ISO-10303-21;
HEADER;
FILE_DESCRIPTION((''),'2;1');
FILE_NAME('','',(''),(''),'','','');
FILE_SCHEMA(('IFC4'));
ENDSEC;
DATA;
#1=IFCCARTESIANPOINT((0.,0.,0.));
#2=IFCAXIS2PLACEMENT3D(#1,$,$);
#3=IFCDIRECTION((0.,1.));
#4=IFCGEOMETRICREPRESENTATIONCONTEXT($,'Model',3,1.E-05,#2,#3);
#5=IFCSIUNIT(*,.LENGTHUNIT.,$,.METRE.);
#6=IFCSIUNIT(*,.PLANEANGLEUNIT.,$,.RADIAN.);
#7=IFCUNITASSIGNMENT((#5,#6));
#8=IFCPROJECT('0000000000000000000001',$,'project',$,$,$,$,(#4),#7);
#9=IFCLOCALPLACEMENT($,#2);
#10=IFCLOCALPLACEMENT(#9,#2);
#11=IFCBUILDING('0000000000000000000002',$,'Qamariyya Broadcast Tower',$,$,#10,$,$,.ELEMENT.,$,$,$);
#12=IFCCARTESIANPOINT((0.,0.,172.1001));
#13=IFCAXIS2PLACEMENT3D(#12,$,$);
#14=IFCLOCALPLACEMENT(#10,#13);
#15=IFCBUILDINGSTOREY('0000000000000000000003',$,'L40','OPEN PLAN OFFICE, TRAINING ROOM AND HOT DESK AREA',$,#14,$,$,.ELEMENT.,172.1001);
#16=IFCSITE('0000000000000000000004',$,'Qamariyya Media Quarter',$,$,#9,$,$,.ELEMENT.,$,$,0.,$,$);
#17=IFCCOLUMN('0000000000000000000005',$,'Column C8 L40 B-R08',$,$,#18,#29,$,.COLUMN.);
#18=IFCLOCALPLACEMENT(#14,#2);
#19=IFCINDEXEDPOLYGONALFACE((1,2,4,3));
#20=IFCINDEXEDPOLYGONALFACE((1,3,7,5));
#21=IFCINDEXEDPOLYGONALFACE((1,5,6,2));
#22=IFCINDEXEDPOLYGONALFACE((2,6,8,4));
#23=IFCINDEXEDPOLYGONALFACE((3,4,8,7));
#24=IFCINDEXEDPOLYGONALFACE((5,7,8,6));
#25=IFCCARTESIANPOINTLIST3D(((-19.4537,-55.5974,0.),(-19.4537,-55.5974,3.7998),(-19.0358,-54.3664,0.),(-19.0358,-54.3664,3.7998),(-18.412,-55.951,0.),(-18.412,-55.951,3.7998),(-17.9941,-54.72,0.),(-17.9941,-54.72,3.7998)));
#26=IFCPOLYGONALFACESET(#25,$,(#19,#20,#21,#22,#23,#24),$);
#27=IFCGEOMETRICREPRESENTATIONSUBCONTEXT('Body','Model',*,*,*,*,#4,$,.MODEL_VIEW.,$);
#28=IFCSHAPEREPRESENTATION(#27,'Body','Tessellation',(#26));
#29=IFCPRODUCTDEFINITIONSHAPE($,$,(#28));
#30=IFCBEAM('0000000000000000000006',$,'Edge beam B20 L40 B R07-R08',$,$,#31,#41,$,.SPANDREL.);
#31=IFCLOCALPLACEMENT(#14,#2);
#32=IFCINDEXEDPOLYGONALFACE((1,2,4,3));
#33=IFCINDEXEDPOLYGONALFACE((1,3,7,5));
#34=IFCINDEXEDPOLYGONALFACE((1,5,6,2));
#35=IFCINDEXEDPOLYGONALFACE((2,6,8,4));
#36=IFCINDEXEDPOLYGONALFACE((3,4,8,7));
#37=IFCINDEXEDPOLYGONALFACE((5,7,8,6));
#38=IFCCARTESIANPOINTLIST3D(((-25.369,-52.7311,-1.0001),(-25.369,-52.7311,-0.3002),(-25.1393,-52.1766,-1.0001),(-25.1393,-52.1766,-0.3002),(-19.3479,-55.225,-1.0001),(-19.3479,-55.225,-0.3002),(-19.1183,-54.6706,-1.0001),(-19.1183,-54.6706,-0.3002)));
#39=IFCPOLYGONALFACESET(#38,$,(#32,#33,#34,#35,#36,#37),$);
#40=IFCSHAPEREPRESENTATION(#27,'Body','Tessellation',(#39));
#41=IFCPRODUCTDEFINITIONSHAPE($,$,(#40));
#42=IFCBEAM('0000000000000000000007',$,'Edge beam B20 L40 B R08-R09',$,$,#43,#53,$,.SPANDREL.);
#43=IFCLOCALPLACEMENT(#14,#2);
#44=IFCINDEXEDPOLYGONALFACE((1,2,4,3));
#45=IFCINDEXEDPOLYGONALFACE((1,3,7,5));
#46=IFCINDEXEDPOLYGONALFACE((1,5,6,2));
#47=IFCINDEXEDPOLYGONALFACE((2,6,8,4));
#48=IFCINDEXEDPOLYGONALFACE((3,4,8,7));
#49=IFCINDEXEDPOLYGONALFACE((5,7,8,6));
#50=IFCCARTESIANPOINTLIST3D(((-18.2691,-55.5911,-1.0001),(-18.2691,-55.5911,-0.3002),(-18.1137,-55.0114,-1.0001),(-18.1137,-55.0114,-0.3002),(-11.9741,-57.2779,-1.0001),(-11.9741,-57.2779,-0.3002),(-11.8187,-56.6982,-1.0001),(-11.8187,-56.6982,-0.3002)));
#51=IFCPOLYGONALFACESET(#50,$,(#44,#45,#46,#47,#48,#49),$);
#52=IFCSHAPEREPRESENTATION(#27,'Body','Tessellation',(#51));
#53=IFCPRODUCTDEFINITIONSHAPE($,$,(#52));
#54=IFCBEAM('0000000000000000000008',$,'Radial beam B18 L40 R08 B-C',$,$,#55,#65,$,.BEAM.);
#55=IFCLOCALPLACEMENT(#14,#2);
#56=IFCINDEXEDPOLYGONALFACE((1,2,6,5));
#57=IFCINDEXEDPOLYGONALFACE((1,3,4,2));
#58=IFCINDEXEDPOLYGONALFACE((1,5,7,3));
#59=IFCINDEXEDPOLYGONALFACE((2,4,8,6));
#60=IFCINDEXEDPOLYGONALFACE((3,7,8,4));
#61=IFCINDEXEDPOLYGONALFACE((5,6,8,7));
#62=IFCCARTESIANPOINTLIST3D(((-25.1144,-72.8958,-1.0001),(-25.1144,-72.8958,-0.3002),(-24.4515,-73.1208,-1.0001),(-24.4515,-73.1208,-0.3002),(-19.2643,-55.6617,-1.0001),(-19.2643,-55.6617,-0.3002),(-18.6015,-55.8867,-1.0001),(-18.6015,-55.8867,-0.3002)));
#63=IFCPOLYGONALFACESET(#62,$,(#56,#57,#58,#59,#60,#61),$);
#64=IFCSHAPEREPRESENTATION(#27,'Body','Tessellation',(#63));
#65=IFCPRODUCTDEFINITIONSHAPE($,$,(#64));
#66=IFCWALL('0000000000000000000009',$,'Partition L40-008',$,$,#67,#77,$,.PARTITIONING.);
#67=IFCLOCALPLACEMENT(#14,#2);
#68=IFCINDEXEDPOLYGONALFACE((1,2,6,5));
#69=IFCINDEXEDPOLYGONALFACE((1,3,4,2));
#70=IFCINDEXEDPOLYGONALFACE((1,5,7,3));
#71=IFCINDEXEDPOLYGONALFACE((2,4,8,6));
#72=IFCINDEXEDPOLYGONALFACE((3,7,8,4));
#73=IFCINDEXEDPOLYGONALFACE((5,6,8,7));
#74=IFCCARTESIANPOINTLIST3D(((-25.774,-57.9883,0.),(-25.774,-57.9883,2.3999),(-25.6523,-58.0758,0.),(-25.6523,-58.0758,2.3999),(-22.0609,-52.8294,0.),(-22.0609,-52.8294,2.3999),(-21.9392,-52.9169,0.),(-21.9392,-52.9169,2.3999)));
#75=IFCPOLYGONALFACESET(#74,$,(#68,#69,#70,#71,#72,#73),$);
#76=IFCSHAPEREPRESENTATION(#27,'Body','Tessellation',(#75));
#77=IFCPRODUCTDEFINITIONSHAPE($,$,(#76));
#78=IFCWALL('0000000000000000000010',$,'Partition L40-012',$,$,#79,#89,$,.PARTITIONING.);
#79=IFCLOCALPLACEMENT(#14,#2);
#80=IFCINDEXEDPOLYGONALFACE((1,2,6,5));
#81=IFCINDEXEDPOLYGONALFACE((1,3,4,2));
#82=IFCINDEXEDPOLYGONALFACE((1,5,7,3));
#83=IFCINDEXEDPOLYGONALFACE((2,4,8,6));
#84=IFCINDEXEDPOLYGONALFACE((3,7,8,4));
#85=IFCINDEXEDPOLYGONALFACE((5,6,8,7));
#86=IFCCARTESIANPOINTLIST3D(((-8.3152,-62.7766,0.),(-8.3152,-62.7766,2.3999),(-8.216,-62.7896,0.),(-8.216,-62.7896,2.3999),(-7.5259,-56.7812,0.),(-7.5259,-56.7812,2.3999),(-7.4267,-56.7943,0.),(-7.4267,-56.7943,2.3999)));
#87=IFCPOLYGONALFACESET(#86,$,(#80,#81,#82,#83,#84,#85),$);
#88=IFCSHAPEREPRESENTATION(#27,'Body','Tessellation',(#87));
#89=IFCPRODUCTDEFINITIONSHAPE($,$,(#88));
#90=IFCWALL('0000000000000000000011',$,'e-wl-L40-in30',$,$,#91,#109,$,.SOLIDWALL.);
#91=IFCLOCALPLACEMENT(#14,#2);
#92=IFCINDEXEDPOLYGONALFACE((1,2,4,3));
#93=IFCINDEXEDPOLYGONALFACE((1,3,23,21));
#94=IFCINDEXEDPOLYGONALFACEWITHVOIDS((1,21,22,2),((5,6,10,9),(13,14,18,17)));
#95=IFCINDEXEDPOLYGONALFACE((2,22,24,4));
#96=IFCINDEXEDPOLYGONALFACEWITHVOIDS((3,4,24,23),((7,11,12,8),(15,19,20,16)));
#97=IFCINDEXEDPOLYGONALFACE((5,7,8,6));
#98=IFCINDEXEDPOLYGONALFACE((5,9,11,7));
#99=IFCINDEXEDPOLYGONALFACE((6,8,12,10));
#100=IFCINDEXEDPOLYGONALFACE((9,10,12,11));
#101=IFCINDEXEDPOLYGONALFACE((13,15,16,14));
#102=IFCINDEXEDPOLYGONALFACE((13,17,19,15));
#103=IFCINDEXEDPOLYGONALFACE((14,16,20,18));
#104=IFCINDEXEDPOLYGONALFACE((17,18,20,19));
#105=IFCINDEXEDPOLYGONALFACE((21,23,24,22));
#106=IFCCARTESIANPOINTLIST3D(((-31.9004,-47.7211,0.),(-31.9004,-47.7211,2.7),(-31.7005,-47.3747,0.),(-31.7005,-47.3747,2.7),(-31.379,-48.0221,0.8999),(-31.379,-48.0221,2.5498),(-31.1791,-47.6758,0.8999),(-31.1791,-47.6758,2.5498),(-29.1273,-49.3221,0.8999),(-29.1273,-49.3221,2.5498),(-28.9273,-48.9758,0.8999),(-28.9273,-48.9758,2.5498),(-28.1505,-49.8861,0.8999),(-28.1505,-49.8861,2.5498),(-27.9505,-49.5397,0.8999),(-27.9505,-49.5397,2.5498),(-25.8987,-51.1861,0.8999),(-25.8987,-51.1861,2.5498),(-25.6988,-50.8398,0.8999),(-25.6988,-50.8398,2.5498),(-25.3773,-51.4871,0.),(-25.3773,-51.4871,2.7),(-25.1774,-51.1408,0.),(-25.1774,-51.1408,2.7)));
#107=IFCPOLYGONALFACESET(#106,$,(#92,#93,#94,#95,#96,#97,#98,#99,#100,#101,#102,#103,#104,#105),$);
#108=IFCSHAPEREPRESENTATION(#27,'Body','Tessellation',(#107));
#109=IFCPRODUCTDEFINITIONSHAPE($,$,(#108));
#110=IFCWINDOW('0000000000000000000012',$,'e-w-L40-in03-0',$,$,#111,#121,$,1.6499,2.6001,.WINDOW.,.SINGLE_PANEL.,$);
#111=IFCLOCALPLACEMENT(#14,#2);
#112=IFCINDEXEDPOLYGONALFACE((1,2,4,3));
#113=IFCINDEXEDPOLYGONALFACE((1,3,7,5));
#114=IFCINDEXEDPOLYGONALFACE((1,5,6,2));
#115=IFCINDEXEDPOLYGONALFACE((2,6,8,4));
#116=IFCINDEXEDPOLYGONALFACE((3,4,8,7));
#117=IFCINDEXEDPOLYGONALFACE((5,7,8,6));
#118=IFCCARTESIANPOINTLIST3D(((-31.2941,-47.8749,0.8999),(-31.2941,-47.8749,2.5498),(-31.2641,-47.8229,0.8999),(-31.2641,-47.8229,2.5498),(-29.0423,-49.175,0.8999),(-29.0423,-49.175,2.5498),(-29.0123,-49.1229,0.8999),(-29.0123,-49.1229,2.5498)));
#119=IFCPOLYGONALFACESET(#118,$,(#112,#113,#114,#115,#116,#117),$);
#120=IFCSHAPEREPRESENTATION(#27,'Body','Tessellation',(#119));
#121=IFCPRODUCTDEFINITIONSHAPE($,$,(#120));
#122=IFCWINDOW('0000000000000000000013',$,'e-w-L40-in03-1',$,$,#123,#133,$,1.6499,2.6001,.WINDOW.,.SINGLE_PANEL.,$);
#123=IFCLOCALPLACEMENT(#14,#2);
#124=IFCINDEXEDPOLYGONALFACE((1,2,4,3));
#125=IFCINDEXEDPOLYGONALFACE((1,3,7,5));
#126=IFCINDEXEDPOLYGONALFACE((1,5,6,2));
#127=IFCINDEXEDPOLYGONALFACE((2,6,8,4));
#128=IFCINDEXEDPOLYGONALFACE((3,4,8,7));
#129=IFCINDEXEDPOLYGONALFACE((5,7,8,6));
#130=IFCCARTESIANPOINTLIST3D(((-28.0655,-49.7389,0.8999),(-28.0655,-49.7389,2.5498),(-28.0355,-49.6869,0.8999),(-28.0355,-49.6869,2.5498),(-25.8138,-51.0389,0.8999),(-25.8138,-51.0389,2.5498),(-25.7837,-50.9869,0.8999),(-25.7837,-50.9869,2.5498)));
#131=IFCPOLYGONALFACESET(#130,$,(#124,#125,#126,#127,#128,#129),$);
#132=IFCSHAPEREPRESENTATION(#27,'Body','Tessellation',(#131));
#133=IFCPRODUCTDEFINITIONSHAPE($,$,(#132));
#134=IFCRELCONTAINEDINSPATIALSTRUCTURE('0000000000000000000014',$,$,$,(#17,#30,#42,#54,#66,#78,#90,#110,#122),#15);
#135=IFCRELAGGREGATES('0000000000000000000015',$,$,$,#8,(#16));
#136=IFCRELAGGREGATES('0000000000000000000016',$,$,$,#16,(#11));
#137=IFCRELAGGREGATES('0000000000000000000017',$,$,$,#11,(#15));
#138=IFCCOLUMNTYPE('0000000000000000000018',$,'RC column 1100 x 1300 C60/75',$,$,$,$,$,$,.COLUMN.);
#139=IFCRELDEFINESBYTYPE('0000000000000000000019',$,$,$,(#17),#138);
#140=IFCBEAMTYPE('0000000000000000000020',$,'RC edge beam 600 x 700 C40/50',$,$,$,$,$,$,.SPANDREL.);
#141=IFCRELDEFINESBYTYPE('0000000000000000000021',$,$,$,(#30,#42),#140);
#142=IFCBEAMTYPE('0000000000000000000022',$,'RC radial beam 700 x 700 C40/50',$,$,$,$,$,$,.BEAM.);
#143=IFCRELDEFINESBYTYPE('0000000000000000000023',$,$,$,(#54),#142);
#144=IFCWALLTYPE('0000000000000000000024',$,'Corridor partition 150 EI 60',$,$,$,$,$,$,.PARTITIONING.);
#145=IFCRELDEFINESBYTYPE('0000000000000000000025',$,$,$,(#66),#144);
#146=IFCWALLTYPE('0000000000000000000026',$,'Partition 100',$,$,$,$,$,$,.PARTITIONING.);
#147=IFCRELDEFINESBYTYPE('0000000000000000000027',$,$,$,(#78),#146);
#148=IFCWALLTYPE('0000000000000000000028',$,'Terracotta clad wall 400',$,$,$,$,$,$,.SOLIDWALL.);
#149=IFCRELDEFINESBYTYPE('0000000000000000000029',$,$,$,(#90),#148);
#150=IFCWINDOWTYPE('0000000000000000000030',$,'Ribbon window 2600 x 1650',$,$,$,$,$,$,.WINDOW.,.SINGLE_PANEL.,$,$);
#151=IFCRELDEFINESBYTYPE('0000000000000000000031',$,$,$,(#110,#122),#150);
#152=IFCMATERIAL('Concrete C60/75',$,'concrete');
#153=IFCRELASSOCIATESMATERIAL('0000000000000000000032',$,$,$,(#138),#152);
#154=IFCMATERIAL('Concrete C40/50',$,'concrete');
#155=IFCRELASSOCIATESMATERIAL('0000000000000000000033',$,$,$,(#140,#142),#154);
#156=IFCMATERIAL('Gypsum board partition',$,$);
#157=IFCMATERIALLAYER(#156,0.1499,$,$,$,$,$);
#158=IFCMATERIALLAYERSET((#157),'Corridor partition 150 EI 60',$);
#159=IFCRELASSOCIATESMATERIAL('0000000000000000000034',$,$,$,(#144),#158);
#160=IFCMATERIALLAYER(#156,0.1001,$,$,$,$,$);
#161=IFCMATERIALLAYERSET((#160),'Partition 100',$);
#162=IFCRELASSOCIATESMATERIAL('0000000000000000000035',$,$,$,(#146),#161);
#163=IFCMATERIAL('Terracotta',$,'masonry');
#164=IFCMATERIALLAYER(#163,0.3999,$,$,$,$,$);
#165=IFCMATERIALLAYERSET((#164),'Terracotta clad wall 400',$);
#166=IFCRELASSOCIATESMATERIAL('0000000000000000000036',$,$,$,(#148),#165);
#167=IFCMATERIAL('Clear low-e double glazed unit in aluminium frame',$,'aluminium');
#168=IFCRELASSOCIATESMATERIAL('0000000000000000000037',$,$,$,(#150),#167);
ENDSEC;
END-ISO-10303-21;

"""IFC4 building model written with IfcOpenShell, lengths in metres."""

from ifc_helpers import new_model, si_unit, direction, frame, frame_2d, origin, origin_2d, place, context, subcontext, project, spatial, rectangle, extrude, material, layer, layer_set, material_profile, profile_set, type_object, element, fill, save


model = new_model("IFC4")

# Units and contexts
model_context = context("Model", 3, precision=1e-05, world=origin(), true_north=direction((0.0, 1.0)))
body_context = subcontext(model_context, "Body", "Model", "MODEL_VIEW")
ifc_project = project(units=[si_unit("LENGTHUNIT", "METRE"), si_unit("PLANEANGLEUNIT", "RADIAN")], contexts=[model_context])

# Site, building, storey
site_placement = place(None, origin())
site = spatial("IfcSite", under=ifc_project, at=site_placement, Name="Qamariyya Media Quarter", CompositionType="ELEMENT", RefElevation=0.0)
building_placement = place(site_placement, origin())
building = spatial("IfcBuilding", under=site, at=building_placement, Name="Qamariyya Broadcast Tower", CompositionType="ELEMENT")
storey_placement = place(building_placement, frame((0.0, 0.0, 172.1001)))
storey = spatial("IfcBuildingStorey", under=building, at=storey_placement, Name="L40", Description="OPEN PLAN OFFICE, TRAINING ROOM AND HOT DESK AREA", CompositionType="ELEMENT", Elevation=172.1001)

# Column
ifc_material_1 = material(Name="Concrete C60/75", Category="concrete")
ifc_material_profile_1 = material_profile(ifc_material_1, rectangle(XDim=1.1001, YDim=1.3, at=origin_2d()))
ifc_profile_set_1 = profile_set([ifc_material_profile_1], Name="Concrete C60/75")
column_type = type_object("IfcColumnType", Name="RC column 1100 x 1300 C60/75", PredefinedType="COLUMN", material=ifc_profile_set_1)
column_placement = place(storey_placement, frame((-18.7239, -55.1587, 0.0), z_axis=(0.0, 0.0, 1.0), x_axis=(0.94693, -0.321439, 0.0)))
element("IfcColumn", 1, at=column_placement, inside=storey, type_object=column_type, Name="Column C8 L40 B-R08", PredefinedType="COLUMN", context=body_context, shape_type="SweptSolid", body=[
    extrude(rectangle(XDim=1.1001, YDim=1.3, at=origin_2d()), origin(), (0.0, 0.0, 1.0), 3.7998),
])

# Beams
ifc_material_2 = material(Name="Concrete C40/50", Category="concrete")
ifc_material_profile_2 = material_profile(ifc_material_2, rectangle(XDim=0.6001, YDim=0.7, at=origin_2d()))
ifc_profile_set_2 = profile_set([ifc_material_profile_2], Name="Concrete C40/50")
beam_type_1 = type_object("IfcBeamType", Name="RC edge beam 600 x 700 C40/50", PredefinedType="SPANDREL", material=ifc_profile_set_2)
for number, where, z_axis, x_axis, name in (
    (2, (-25.2542, -52.4539, -0.6501), (0.923884, -0.382673, 0.0), (0.382673, 0.923884, 0.0), "Edge beam B20 L40 B R07-R08"),
    (3, (-18.1914, -55.3013, -0.6501), (0.965924, -0.258826, 0.0), (0.258826, 0.965924, 0.0), "Edge beam B20 L40 B R08-R09"),
):
    element("IfcBeam", number, at=place(storey_placement, frame(where, z_axis=z_axis, x_axis=x_axis)), inside=storey, type_object=beam_type_1, Name=name, PredefinedType="SPANDREL", context=body_context, shape_type="SweptSolid", body=[
        extrude(rectangle(XDim=0.6001, YDim=0.7, at=origin_2d()), origin(), (0.0, 0.0, 1.0), 6.5171),
    ])
ifc_material_profile_3 = material_profile(ifc_material_2, rectangle(XDim=0.7, YDim=0.7, at=origin_2d()))
ifc_profile_set_3 = profile_set([ifc_material_profile_3], Name="Concrete C40/50")
beam_type_2 = type_object("IfcBeamType", Name="RC radial beam 700 x 700 C40/50", PredefinedType="BEAM", material=ifc_profile_set_3)
beam_placement = place(storey_placement, frame((-18.9329, -55.7742, -0.6501), z_axis=(-0.321434, -0.946932, 0.0), x_axis=(0.946932, -0.321434, 0.0)))
element("IfcBeam", 4, at=beam_placement, inside=storey, type_object=beam_type_2, Name="Radial beam B18 L40 R08 B-C", PredefinedType="BEAM", context=body_context, shape_type="SweptSolid", body=[
    extrude(rectangle(XDim=0.7, YDim=0.7, at=origin_2d()), origin(), (0.0, 0.0, 1.0), 18.2),
])

# Walls
ifc_material_3 = material(Name="Gypsum board partition")
ifc_layer_1 = layer(ifc_material_3, 0.1499)
ifc_layer_set_1 = layer_set([ifc_layer_1], Name="Corridor partition 150 EI 60")
wall_type_1 = type_object("IfcWallType", Name="Corridor partition 150 EI 60", PredefinedType="PARTITIONING", material=ifc_layer_set_1)
wall_1_placement = place(storey_placement, frame((-22.0, -52.873, 0.0), z_axis=(0.0, 0.0, 1.0), x_axis=(-0.58417, -0.811631, 0.0)))
element("IfcWall", 5, at=wall_1_placement, inside=storey, type_object=wall_type_1, Name="Partition L40-008", PredefinedType="PARTITIONING", context=body_context, shape_type="SweptSolid", body=[
    extrude(rectangle(XDim=6.3562, YDim=0.1499, at=frame_2d((3.1782, 0.0))), origin(), (0.0, 0.0, 1.0), 2.3999),
])
ifc_layer_2 = layer(ifc_material_3, 0.1001)
ifc_layer_set_2 = layer_set([ifc_layer_2], Name="Partition 100")
wall_type_2 = type_object("IfcWallType", Name="Partition 100", PredefinedType="PARTITIONING", material=ifc_layer_set_2)
wall_2_placement = place(storey_placement, frame((-7.4763, -56.7878, 0.0), z_axis=(0.0, 0.0, 1.0), x_axis=(-0.130527, -0.991445, 0.0)))
element("IfcWall", 6, at=wall_2_placement, inside=storey, type_object=wall_type_2, Name="Partition L40-012", PredefinedType="PARTITIONING", context=body_context, shape_type="SweptSolid", body=[
    extrude(rectangle(XDim=6.0471, YDim=0.1001, at=frame_2d((3.0234, 0.0))), origin(), (0.0, 0.0, 1.0), 2.3999),
])

# Wall, openings, windows
ifc_material_4 = material(Name="Terracotta", Category="masonry")
ifc_layer_3 = layer(ifc_material_4, 0.3999)
ifc_layer_set_3 = layer_set([ifc_layer_3], Name="Terracotta clad wall 400")
wall_type_3 = type_object("IfcWallType", Name="Terracotta clad wall 400", PredefinedType="SOLIDWALL", material=ifc_layer_set_3)
wall_3_placement = place(storey_placement, frame((-25.2773, -51.314, 0.0), z_axis=(0.0, 0.0, 1.0), x_axis=(-0.866029, 0.499995, 0.0)))
wall_3 = element("IfcWall", 7, at=wall_3_placement, inside=storey, type_object=wall_type_3, Name="e-wl-L40-in30", PredefinedType="SOLIDWALL", context=body_context, shape_type="SweptSolid", body=[
    extrude(rectangle(XDim=7.5322, YDim=0.3999, at=frame_2d((3.7661, 0.0))), origin(), (0.0, 0.0, 1.0), 2.7),
])
opening_1_placement = place(wall_3_placement, frame((4.3301, 0.0, 0.8999)))
opening_1 = element("IfcOpeningElement", 8, at=opening_1_placement, cuts=wall_3, PredefinedType="OPENING", context=body_context, shape_type="SweptSolid", body=[
    extrude(rectangle(XDim=2.6001, YDim=1.6499, at=frame_2d((1.3, 0.825))), frame((0.0, 0.21, 0.0), z_axis=(0.0, -1.0, 0.0), x_axis=(1.0, 0.0, 0.0)), (0.0, 0.0, 1.0), 0.4199),
])
opening_2_placement = place(wall_3_placement, frame((0.6021, 0.0, 0.8999)))
opening_2 = element("IfcOpeningElement", 9, at=opening_2_placement, cuts=wall_3, PredefinedType="OPENING", context=body_context, shape_type="SweptSolid", body=[
    extrude(rectangle(XDim=2.6001, YDim=1.6499, at=frame_2d((1.3, 0.825))), frame((0.0, 0.21, 0.0), z_axis=(0.0, -1.0, 0.0), x_axis=(1.0, 0.0, 0.0)), (0.0, 0.0, 1.0), 0.4199),
])
ifc_material_5 = material(Name="Clear low-e double glazed unit in aluminium frame", Category="aluminium")
window_type = type_object("IfcWindowType", Name="Ribbon window 2600 x 1650", PartitioningType="SINGLE_PANEL", PredefinedType="WINDOW", material=ifc_material_5)
window_1_placement = place(opening_1_placement, origin())
window_1 = element("IfcWindow", 10, at=window_1_placement, inside=storey, type_object=window_type, Name="e-w-L40-in03-0", OverallHeight=1.6499, OverallWidth=2.6001, PartitioningType="SINGLE_PANEL", PredefinedType="WINDOW", context=body_context, shape_type="SweptSolid", body=[
    extrude(rectangle(XDim=2.6001, YDim=1.6499, at=frame_2d((1.3, 0.825))), frame((0.0, 0.03, 0.0), z_axis=(0.0, -1.0, 0.0), x_axis=(1.0, 0.0, 0.0)), (0.0, 0.0, 1.0), 0.0601),
])
fill(opening_1, window_1)
window_2_placement = place(opening_2_placement, origin())
window_2 = element("IfcWindow", 11, at=window_2_placement, inside=storey, type_object=window_type, Name="e-w-L40-in03-1", OverallHeight=1.6499, OverallWidth=2.6001, PartitioningType="SINGLE_PANEL", PredefinedType="WINDOW", context=body_context, shape_type="SweptSolid", body=[
    extrude(rectangle(XDim=2.6001, YDim=1.6499, at=frame_2d((1.3, 0.825))), frame((0.0, 0.03, 0.0), z_axis=(0.0, -1.0, 0.0), x_axis=(1.0, 0.0, 0.0)), (0.0, 0.0, 1.0), 0.0601),
])
fill(opening_2, window_2)

save(model, "model.ifc")
